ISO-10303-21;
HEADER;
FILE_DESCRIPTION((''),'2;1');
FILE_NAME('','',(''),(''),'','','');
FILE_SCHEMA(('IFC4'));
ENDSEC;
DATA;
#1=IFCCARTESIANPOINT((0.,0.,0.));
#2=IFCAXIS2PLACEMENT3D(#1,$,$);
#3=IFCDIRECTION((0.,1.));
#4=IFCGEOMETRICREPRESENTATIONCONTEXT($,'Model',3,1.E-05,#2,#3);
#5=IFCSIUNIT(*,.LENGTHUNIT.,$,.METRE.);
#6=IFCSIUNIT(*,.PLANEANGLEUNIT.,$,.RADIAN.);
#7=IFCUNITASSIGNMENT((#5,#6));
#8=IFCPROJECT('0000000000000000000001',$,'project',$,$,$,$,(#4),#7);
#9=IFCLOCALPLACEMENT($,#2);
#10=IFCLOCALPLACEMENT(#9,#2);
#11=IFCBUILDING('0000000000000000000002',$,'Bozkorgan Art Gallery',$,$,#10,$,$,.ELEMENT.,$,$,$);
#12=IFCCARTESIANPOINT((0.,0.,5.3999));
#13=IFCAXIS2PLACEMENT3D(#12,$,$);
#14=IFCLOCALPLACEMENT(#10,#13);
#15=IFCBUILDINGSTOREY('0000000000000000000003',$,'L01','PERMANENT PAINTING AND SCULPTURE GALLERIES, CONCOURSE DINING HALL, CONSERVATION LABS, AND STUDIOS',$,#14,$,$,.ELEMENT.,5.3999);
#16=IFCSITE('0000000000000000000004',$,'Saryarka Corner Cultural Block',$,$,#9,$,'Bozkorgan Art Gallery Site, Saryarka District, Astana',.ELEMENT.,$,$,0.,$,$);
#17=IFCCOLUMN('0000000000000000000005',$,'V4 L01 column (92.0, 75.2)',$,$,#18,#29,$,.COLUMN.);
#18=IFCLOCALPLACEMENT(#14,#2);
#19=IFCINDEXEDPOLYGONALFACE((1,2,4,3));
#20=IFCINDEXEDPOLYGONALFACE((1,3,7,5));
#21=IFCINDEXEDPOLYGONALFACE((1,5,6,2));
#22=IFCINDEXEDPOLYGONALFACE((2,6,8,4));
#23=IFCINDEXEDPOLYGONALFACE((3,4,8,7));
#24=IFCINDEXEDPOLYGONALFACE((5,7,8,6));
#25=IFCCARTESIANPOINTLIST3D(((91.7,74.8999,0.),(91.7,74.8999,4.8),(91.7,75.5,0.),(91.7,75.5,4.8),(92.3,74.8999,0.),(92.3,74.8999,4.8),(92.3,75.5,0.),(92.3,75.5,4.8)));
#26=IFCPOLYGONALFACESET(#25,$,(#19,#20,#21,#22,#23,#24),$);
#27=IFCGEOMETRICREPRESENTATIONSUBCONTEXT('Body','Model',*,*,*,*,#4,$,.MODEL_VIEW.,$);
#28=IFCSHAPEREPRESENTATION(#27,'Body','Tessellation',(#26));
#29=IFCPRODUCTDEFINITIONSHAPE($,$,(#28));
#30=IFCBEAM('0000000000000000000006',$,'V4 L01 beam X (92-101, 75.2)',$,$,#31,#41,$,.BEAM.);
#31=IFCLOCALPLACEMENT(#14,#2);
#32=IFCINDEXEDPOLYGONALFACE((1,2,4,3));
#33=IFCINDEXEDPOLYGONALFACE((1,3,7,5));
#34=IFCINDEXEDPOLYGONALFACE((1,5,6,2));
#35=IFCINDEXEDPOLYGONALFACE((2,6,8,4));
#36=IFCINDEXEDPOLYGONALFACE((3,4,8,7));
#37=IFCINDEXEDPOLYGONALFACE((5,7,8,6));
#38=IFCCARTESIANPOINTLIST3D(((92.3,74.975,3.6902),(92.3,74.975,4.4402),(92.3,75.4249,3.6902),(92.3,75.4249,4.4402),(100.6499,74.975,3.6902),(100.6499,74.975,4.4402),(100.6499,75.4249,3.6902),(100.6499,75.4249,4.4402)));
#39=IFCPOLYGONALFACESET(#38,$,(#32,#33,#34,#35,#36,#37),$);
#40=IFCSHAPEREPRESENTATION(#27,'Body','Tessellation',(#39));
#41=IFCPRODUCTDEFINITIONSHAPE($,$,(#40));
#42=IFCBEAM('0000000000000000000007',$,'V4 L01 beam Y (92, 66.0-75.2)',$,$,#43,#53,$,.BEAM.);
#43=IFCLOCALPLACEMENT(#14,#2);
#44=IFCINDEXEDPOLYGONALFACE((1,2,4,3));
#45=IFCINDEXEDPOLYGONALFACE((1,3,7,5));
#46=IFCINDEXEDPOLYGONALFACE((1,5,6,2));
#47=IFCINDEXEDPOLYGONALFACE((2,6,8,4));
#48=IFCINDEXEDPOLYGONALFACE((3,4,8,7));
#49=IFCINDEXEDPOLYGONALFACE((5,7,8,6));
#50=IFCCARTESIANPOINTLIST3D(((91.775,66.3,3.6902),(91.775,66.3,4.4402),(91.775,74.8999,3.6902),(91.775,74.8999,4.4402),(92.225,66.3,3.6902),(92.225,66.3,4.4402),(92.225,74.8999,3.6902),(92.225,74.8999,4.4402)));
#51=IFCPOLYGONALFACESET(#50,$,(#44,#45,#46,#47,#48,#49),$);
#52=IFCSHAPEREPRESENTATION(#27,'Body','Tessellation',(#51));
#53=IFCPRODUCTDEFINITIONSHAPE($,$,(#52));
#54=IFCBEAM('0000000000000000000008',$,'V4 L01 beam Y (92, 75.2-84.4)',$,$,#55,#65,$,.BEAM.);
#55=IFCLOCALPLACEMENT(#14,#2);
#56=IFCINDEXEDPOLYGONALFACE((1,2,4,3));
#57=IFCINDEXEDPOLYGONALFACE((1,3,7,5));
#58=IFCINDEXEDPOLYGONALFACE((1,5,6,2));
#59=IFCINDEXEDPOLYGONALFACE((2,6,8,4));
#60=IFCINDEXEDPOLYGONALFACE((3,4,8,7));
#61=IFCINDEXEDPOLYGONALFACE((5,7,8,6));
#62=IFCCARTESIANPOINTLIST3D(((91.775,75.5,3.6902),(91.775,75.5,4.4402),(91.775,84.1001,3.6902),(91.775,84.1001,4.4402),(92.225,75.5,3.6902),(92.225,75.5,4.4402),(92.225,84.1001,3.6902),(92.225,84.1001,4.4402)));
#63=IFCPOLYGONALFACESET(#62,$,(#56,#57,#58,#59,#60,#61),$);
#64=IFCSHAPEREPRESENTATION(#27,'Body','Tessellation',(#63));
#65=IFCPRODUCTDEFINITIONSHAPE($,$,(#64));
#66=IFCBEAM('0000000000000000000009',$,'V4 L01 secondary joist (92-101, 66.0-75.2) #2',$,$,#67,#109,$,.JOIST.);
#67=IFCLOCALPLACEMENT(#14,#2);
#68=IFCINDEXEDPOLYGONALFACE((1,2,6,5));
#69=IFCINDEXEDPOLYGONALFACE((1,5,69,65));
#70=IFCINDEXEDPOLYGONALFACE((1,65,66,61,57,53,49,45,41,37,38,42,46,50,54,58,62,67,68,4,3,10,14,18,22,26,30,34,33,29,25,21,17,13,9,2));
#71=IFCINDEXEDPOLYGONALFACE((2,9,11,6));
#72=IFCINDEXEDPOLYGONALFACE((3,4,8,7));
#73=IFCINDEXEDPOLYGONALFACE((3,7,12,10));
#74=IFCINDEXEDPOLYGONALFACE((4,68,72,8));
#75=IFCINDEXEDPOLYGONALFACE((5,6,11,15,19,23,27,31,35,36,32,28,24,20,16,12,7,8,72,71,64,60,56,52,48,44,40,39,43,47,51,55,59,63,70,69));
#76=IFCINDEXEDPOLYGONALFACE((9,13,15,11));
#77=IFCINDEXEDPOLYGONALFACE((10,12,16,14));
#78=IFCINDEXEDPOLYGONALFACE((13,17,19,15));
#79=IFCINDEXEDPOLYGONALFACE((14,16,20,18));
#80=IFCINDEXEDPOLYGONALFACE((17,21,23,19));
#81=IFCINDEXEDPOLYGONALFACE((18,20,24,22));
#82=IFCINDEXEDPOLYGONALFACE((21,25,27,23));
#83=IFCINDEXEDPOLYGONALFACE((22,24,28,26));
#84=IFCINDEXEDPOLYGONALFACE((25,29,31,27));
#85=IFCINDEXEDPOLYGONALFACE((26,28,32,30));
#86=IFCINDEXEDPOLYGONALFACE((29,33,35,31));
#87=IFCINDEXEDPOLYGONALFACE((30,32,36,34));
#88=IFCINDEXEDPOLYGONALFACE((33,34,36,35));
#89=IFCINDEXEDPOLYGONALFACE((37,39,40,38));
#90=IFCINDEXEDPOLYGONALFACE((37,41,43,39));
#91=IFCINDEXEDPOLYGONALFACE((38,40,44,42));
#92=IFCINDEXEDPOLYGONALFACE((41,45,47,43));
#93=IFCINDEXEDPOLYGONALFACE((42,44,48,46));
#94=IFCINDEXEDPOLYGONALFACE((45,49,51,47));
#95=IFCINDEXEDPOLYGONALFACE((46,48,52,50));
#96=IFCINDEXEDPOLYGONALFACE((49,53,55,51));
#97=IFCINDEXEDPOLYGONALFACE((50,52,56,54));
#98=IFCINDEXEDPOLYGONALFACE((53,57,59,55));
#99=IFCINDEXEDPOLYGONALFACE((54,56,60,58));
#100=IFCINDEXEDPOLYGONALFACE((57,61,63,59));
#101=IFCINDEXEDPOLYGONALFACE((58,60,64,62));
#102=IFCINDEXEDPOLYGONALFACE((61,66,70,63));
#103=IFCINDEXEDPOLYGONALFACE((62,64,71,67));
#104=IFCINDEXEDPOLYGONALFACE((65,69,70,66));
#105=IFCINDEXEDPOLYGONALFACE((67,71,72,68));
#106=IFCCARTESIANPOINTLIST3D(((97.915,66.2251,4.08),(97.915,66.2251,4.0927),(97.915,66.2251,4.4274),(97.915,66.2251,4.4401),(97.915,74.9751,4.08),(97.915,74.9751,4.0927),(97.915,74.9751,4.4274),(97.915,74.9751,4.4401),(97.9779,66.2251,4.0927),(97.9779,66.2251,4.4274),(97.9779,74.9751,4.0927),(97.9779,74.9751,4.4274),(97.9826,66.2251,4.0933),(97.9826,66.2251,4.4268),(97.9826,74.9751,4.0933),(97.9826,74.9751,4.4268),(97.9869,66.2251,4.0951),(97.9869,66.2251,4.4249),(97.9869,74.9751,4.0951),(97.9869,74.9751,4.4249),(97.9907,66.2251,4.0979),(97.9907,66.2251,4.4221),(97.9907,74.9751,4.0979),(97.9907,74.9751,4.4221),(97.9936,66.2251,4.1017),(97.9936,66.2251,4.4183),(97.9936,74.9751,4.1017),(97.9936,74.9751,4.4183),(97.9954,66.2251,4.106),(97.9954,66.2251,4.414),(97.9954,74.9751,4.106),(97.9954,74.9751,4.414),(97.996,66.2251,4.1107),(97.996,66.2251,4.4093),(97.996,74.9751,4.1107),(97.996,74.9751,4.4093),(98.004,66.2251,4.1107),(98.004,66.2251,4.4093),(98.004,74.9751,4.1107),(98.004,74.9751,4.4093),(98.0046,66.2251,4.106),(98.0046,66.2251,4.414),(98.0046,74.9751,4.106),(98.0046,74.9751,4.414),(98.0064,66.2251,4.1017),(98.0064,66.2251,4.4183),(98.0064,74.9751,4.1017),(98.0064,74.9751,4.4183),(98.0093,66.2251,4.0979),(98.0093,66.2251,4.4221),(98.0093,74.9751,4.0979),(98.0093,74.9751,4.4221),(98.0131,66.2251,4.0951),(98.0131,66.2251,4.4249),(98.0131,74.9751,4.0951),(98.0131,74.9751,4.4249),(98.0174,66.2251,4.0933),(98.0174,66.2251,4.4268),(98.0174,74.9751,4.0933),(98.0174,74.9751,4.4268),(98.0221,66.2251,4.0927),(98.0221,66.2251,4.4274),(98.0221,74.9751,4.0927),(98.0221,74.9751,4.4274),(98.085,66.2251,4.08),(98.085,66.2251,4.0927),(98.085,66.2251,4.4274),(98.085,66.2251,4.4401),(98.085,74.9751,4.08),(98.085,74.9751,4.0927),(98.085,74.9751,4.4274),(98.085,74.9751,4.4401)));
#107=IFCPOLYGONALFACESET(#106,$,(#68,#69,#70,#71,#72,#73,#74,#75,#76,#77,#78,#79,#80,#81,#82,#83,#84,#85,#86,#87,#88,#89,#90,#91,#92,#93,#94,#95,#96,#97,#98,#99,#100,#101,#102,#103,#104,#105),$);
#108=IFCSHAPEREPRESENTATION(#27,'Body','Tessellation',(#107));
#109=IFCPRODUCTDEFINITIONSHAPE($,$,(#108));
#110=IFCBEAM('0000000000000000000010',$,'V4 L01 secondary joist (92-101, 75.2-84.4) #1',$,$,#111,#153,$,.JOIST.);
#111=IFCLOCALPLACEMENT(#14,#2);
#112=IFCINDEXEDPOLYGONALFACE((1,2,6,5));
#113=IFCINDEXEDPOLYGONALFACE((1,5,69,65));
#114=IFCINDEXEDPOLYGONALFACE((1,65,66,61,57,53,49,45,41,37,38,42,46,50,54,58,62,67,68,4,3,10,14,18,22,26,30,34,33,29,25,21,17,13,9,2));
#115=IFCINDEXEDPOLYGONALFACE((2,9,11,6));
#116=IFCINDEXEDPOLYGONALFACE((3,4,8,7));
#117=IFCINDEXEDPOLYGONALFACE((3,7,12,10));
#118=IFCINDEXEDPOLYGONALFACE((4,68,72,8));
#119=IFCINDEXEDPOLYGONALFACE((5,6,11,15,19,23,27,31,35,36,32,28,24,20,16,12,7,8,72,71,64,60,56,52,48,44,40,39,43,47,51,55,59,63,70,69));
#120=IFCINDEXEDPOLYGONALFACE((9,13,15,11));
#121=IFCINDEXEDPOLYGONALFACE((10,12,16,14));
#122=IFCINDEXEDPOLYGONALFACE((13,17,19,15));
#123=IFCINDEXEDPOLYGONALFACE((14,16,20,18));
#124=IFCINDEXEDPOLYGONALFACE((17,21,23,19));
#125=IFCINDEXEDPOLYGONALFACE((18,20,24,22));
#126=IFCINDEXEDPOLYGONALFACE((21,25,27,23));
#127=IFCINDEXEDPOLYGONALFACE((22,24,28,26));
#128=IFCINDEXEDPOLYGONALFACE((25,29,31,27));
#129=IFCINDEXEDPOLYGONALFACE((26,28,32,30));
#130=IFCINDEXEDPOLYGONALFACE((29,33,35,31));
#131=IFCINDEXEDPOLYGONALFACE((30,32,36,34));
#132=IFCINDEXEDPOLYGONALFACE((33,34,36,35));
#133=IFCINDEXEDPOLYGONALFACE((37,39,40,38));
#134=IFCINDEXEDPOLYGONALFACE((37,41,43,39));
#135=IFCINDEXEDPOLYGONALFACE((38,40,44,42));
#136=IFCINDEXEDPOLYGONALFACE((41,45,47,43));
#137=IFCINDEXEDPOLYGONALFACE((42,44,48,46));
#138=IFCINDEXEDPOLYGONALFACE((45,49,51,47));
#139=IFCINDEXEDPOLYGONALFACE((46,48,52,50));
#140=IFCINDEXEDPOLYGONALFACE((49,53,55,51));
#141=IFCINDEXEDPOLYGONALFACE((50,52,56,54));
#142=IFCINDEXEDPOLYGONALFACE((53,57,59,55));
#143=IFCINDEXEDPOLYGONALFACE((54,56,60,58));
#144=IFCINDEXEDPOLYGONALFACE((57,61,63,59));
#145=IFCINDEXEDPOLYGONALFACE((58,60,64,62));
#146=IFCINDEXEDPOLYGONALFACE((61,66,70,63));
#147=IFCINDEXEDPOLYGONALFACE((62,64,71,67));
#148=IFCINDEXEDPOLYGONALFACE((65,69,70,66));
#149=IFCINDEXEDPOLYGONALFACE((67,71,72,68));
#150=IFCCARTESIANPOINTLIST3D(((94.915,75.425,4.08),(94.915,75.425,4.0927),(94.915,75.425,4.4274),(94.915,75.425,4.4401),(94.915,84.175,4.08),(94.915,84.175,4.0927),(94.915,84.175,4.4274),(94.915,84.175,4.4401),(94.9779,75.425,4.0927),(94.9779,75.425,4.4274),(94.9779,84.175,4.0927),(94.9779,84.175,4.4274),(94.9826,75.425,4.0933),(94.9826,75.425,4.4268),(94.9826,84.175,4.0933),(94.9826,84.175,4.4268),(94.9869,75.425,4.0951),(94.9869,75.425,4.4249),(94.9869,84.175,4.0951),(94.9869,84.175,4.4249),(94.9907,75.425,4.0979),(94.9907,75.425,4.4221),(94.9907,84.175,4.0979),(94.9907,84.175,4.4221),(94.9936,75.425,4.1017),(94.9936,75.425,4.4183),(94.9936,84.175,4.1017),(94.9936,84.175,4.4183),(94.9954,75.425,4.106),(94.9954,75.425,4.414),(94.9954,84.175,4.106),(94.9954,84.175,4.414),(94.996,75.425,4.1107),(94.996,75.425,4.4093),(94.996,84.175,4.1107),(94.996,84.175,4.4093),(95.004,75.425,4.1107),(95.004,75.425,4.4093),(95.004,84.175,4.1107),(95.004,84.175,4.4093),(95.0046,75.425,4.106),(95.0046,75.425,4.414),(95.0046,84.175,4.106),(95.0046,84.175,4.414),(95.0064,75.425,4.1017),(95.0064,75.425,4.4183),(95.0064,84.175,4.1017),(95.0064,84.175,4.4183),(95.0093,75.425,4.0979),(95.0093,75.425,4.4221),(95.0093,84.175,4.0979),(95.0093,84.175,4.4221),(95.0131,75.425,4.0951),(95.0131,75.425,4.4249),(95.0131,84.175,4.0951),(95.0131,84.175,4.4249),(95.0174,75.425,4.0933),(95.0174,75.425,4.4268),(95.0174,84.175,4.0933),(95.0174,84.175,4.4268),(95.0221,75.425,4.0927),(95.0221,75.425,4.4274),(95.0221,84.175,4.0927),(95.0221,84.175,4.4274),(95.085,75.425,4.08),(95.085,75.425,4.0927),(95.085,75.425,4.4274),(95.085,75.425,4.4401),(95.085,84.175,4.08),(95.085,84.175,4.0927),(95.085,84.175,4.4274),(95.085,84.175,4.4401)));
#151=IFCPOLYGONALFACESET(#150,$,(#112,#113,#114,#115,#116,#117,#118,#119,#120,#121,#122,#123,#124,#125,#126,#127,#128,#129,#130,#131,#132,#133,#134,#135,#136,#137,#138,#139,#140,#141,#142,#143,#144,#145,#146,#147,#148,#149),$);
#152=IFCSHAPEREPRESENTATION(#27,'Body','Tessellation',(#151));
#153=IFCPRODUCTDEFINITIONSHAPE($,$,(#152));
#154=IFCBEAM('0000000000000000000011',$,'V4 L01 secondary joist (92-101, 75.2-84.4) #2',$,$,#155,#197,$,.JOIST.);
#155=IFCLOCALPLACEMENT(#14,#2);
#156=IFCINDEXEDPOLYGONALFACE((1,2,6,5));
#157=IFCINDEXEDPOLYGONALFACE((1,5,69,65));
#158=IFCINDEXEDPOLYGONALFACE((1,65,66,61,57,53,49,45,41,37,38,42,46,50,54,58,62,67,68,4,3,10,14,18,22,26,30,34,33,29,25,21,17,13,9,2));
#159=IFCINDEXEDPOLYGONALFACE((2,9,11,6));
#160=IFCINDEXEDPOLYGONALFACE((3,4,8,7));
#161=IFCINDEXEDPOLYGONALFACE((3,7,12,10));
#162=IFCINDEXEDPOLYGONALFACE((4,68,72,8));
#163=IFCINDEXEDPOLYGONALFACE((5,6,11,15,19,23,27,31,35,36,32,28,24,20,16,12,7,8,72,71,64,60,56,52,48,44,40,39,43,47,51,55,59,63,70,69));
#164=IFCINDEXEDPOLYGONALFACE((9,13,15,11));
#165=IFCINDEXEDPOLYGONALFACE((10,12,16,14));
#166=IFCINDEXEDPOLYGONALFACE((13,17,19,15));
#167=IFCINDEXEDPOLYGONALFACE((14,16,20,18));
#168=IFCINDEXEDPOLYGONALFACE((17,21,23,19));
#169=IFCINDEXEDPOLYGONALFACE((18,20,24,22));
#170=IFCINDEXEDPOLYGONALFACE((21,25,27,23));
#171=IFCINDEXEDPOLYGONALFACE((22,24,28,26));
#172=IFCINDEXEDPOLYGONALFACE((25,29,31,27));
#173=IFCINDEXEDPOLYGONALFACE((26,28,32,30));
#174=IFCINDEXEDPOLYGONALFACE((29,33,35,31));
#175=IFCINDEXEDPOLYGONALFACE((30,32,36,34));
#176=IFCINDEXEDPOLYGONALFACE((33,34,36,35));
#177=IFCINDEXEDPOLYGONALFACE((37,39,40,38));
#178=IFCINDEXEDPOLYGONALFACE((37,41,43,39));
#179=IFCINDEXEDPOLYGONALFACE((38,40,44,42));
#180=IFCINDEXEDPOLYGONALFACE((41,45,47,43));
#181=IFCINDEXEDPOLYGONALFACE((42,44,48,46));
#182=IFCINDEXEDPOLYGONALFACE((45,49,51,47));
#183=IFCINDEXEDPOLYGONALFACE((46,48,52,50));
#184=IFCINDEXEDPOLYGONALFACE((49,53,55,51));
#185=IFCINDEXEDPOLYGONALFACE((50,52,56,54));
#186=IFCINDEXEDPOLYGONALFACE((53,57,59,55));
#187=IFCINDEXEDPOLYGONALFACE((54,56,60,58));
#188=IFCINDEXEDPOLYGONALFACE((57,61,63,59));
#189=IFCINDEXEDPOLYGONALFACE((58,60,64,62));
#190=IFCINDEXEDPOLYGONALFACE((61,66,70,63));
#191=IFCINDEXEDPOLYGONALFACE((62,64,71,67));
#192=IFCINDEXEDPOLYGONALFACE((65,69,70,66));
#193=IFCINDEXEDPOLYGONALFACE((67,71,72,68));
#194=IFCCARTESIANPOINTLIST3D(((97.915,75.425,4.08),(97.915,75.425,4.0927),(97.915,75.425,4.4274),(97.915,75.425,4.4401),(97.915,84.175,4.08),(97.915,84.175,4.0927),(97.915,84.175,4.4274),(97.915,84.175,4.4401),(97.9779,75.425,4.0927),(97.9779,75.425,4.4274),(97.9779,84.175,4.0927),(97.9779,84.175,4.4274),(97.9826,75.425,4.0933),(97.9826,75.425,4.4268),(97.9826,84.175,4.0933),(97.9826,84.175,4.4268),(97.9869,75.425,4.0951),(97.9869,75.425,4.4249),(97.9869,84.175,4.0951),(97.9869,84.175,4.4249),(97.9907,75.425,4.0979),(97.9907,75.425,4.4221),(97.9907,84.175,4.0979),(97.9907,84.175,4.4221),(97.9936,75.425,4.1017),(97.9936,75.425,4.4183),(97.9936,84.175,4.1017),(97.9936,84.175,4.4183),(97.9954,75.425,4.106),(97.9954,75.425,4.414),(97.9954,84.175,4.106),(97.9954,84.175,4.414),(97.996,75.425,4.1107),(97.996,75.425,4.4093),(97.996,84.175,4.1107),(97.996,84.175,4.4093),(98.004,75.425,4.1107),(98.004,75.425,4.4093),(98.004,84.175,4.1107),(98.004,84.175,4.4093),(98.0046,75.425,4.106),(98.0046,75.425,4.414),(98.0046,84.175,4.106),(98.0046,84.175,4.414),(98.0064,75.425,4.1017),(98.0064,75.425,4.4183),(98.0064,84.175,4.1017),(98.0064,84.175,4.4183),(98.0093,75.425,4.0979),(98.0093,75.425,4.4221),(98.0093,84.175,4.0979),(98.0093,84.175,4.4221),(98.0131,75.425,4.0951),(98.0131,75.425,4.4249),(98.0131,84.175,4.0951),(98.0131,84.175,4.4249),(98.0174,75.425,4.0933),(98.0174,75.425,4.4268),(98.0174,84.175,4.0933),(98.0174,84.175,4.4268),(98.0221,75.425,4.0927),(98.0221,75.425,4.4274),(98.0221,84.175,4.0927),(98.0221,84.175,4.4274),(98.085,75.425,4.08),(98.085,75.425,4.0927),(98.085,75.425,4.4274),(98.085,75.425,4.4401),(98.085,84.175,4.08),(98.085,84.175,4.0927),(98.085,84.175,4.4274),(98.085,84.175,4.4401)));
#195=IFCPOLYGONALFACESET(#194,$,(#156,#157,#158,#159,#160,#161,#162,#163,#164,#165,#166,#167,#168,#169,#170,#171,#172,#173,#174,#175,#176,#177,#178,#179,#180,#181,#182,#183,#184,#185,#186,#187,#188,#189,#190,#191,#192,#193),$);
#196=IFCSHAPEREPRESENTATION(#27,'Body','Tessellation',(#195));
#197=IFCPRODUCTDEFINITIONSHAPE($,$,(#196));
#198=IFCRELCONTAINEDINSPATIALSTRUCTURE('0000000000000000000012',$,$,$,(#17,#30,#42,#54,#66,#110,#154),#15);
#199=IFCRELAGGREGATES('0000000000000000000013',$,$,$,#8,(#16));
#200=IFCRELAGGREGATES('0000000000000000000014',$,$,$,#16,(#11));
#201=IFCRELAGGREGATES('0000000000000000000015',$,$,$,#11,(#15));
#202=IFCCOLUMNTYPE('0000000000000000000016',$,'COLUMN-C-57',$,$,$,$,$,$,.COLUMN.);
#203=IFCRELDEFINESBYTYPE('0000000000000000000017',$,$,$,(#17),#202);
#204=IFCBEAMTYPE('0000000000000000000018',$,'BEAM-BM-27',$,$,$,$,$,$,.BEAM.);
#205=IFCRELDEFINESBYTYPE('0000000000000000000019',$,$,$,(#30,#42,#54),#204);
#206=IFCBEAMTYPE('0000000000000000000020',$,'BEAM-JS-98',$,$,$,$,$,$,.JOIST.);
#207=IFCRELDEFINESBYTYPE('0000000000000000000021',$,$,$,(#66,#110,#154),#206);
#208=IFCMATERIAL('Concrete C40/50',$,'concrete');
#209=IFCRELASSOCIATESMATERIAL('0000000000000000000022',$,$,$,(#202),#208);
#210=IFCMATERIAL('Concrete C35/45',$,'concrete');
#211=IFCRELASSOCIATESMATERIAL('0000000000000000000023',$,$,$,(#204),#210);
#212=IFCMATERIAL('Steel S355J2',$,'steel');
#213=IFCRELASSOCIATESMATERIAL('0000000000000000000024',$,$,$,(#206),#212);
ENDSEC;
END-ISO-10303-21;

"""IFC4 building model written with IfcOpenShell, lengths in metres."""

from ifc_helpers import new_model, si_unit, direction, frame, origin, origin_2d, place, context, subcontext, project, spatial, rectangle, i_section, extrude, material, material_profile, profile_set, type_object, element, save


model = new_model("IFC4")

# Units and contexts
model_context = context("Model", 3, precision=1e-05, world=origin(), true_north=direction((0.0, 1.0)))
body_context = subcontext(model_context, "Body", "Model", "MODEL_VIEW")
ifc_project = project(units=[si_unit("LENGTHUNIT", "METRE"), si_unit("PLANEANGLEUNIT", "RADIAN")], contexts=[model_context])

# Site, building, storey
site_placement = place(None, origin())
site = spatial("IfcSite", under=ifc_project, at=site_placement, Name="Saryarka Corner Cultural Block", LongName="Bozkorgan Art Gallery Site, Saryarka District, Astana", CompositionType="ELEMENT", RefElevation=0.0)
building_placement = place(site_placement, origin())
building = spatial("IfcBuilding", under=site, at=building_placement, Name="Bozkorgan Art Gallery", CompositionType="ELEMENT")
storey_placement = place(building_placement, frame((0.0, 0.0, 5.3999)))
storey = spatial("IfcBuildingStorey", under=building, at=storey_placement, Name="L01", Description="PERMANENT PAINTING AND SCULPTURE GALLERIES, CONCOURSE DINING HALL, CONSERVATION LABS, AND STUDIOS", CompositionType="ELEMENT", Elevation=5.3999)

# Column
ifc_material_1 = material(Name="Concrete C40/50", Category="concrete")
ifc_material_profile_1 = material_profile(ifc_material_1, rectangle(XDim=0.6001, YDim=0.6001, at=origin_2d()), Name="RC 600x600")
ifc_profile_set_1 = profile_set([ifc_material_profile_1], Name="Concrete C40/50")
column_type = type_object("IfcColumnType", Name="COLUMN-C-57", PredefinedType="COLUMN", material=ifc_profile_set_1)
column_placement = place(storey_placement, frame((92.0, 75.2, 0.0), z_axis=(0.0, 0.0, 1.0), x_axis=(1.0, 0.0, 0.0)))
element("IfcColumn", 1, at=column_placement, inside=storey, type_object=column_type, Name="V4 L01 column (92.0, 75.2)", PredefinedType="COLUMN", context=body_context, shape_type="SweptSolid", body=[
    extrude(rectangle(XDim=0.6001, YDim=0.6001, at=origin_2d()), origin(), (0.0, 0.0, 1.0), 4.8),
])

# Beams
ifc_material_2 = material(Name="Concrete C35/45", Category="concrete")
ifc_material_profile_2 = material_profile(ifc_material_2, rectangle(XDim=0.45, YDim=0.75, at=origin_2d()), Name="RC 450x750")
ifc_profile_set_2 = profile_set([ifc_material_profile_2], Name="Concrete C35/45")
beam_type_1 = type_object("IfcBeamType", Name="BEAM-BM-27", PredefinedType="BEAM", material=ifc_profile_set_2)
beam_1_placement = place(storey_placement, frame((92.3, 75.2, 4.0652), z_axis=(1.0, 0.0, 0.0), x_axis=(0.0, 1.0, 0.0)))
element("IfcBeam", 2, at=beam_1_placement, inside=storey, type_object=beam_type_1, Name="V4 L01 beam X (92-101, 75.2)", PredefinedType="BEAM", context=body_context, shape_type="SweptSolid", body=[
    extrude(rectangle(XDim=0.45, YDim=0.75, at=origin_2d()), origin(), (0.0, 0.0, 1.0), 8.3499),
])
beam_2_placement = place(storey_placement, frame((92.0, 66.3, 4.0652), z_axis=(0.0, 1.0, 0.0), x_axis=(-1.0, 0.0, 0.0)))
element("IfcBeam", 3, at=beam_2_placement, inside=storey, type_object=beam_type_1, Name="V4 L01 beam Y (92, 66.0-75.2)", PredefinedType="BEAM", context=body_context, shape_type="SweptSolid", body=[
    extrude(rectangle(XDim=0.45, YDim=0.75, at=origin_2d()), origin(), (0.0, 0.0, 1.0), 8.5999),
])
beam_3_placement = place(storey_placement, frame((92.0, 75.5, 4.0652), z_axis=(0.0, 1.0, 0.0), x_axis=(-1.0, 0.0, 0.0)))
element("IfcBeam", 4, at=beam_3_placement, inside=storey, type_object=beam_type_1, Name="V4 L01 beam Y (92, 75.2-84.4)", PredefinedType="BEAM", context=body_context, shape_type="SweptSolid", body=[
    extrude(rectangle(XDim=0.45, YDim=0.75, at=origin_2d()), origin(), (0.0, 0.0, 1.0), 8.6001),
])
ifc_material_3 = material(Name="Steel S355J2", Category="steel")
ifc_material_profile_3 = material_profile(ifc_material_3, i_section(OverallWidth=0.1699, OverallDepth=0.3601, WebThickness=0.0081, FlangeThickness=0.0127, FilletRadius=0.0181, at=origin_2d()), Name="IPE 360")
ifc_profile_set_3 = profile_set([ifc_material_profile_3], Name="Steel S355J2")
beam_type_2 = type_object("IfcBeamType", Name="BEAM-JS-98", PredefinedType="JOIST", material=ifc_profile_set_3)
for number, where, z_axis, x_axis, name in (
    (5, (98.0, 66.2251, 4.26), (0.0, 1.0, 0.0), (-1.0, 0.0, 0.0), "V4 L01 secondary joist (92-101, 66.0-75.2) #2"),
    (6, (95.0, 75.425, 4.26), (0.0, 1.0, 0.0), (-1.0, 0.0, 0.0), "V4 L01 secondary joist (92-101, 75.2-84.4) #1"),
    (7, (98.0, 75.425, 4.26), (0.0, 1.0, 0.0), (-1.0, 0.0, 0.0), "V4 L01 secondary joist (92-101, 75.2-84.4) #2"),
):
    element("IfcBeam", number, at=place(storey_placement, frame(where, z_axis=z_axis, x_axis=x_axis)), inside=storey, type_object=beam_type_2, Name=name, PredefinedType="JOIST", context=body_context, shape_type="SweptSolid", body=[
        extrude(i_section(OverallWidth=0.1699, OverallDepth=0.3601, WebThickness=0.0081, FlangeThickness=0.0127, FilletRadius=0.0181, at=origin_2d()), origin(), (0.0, 0.0, 1.0), 8.75),
    ])

save(model, "model.ifc")
